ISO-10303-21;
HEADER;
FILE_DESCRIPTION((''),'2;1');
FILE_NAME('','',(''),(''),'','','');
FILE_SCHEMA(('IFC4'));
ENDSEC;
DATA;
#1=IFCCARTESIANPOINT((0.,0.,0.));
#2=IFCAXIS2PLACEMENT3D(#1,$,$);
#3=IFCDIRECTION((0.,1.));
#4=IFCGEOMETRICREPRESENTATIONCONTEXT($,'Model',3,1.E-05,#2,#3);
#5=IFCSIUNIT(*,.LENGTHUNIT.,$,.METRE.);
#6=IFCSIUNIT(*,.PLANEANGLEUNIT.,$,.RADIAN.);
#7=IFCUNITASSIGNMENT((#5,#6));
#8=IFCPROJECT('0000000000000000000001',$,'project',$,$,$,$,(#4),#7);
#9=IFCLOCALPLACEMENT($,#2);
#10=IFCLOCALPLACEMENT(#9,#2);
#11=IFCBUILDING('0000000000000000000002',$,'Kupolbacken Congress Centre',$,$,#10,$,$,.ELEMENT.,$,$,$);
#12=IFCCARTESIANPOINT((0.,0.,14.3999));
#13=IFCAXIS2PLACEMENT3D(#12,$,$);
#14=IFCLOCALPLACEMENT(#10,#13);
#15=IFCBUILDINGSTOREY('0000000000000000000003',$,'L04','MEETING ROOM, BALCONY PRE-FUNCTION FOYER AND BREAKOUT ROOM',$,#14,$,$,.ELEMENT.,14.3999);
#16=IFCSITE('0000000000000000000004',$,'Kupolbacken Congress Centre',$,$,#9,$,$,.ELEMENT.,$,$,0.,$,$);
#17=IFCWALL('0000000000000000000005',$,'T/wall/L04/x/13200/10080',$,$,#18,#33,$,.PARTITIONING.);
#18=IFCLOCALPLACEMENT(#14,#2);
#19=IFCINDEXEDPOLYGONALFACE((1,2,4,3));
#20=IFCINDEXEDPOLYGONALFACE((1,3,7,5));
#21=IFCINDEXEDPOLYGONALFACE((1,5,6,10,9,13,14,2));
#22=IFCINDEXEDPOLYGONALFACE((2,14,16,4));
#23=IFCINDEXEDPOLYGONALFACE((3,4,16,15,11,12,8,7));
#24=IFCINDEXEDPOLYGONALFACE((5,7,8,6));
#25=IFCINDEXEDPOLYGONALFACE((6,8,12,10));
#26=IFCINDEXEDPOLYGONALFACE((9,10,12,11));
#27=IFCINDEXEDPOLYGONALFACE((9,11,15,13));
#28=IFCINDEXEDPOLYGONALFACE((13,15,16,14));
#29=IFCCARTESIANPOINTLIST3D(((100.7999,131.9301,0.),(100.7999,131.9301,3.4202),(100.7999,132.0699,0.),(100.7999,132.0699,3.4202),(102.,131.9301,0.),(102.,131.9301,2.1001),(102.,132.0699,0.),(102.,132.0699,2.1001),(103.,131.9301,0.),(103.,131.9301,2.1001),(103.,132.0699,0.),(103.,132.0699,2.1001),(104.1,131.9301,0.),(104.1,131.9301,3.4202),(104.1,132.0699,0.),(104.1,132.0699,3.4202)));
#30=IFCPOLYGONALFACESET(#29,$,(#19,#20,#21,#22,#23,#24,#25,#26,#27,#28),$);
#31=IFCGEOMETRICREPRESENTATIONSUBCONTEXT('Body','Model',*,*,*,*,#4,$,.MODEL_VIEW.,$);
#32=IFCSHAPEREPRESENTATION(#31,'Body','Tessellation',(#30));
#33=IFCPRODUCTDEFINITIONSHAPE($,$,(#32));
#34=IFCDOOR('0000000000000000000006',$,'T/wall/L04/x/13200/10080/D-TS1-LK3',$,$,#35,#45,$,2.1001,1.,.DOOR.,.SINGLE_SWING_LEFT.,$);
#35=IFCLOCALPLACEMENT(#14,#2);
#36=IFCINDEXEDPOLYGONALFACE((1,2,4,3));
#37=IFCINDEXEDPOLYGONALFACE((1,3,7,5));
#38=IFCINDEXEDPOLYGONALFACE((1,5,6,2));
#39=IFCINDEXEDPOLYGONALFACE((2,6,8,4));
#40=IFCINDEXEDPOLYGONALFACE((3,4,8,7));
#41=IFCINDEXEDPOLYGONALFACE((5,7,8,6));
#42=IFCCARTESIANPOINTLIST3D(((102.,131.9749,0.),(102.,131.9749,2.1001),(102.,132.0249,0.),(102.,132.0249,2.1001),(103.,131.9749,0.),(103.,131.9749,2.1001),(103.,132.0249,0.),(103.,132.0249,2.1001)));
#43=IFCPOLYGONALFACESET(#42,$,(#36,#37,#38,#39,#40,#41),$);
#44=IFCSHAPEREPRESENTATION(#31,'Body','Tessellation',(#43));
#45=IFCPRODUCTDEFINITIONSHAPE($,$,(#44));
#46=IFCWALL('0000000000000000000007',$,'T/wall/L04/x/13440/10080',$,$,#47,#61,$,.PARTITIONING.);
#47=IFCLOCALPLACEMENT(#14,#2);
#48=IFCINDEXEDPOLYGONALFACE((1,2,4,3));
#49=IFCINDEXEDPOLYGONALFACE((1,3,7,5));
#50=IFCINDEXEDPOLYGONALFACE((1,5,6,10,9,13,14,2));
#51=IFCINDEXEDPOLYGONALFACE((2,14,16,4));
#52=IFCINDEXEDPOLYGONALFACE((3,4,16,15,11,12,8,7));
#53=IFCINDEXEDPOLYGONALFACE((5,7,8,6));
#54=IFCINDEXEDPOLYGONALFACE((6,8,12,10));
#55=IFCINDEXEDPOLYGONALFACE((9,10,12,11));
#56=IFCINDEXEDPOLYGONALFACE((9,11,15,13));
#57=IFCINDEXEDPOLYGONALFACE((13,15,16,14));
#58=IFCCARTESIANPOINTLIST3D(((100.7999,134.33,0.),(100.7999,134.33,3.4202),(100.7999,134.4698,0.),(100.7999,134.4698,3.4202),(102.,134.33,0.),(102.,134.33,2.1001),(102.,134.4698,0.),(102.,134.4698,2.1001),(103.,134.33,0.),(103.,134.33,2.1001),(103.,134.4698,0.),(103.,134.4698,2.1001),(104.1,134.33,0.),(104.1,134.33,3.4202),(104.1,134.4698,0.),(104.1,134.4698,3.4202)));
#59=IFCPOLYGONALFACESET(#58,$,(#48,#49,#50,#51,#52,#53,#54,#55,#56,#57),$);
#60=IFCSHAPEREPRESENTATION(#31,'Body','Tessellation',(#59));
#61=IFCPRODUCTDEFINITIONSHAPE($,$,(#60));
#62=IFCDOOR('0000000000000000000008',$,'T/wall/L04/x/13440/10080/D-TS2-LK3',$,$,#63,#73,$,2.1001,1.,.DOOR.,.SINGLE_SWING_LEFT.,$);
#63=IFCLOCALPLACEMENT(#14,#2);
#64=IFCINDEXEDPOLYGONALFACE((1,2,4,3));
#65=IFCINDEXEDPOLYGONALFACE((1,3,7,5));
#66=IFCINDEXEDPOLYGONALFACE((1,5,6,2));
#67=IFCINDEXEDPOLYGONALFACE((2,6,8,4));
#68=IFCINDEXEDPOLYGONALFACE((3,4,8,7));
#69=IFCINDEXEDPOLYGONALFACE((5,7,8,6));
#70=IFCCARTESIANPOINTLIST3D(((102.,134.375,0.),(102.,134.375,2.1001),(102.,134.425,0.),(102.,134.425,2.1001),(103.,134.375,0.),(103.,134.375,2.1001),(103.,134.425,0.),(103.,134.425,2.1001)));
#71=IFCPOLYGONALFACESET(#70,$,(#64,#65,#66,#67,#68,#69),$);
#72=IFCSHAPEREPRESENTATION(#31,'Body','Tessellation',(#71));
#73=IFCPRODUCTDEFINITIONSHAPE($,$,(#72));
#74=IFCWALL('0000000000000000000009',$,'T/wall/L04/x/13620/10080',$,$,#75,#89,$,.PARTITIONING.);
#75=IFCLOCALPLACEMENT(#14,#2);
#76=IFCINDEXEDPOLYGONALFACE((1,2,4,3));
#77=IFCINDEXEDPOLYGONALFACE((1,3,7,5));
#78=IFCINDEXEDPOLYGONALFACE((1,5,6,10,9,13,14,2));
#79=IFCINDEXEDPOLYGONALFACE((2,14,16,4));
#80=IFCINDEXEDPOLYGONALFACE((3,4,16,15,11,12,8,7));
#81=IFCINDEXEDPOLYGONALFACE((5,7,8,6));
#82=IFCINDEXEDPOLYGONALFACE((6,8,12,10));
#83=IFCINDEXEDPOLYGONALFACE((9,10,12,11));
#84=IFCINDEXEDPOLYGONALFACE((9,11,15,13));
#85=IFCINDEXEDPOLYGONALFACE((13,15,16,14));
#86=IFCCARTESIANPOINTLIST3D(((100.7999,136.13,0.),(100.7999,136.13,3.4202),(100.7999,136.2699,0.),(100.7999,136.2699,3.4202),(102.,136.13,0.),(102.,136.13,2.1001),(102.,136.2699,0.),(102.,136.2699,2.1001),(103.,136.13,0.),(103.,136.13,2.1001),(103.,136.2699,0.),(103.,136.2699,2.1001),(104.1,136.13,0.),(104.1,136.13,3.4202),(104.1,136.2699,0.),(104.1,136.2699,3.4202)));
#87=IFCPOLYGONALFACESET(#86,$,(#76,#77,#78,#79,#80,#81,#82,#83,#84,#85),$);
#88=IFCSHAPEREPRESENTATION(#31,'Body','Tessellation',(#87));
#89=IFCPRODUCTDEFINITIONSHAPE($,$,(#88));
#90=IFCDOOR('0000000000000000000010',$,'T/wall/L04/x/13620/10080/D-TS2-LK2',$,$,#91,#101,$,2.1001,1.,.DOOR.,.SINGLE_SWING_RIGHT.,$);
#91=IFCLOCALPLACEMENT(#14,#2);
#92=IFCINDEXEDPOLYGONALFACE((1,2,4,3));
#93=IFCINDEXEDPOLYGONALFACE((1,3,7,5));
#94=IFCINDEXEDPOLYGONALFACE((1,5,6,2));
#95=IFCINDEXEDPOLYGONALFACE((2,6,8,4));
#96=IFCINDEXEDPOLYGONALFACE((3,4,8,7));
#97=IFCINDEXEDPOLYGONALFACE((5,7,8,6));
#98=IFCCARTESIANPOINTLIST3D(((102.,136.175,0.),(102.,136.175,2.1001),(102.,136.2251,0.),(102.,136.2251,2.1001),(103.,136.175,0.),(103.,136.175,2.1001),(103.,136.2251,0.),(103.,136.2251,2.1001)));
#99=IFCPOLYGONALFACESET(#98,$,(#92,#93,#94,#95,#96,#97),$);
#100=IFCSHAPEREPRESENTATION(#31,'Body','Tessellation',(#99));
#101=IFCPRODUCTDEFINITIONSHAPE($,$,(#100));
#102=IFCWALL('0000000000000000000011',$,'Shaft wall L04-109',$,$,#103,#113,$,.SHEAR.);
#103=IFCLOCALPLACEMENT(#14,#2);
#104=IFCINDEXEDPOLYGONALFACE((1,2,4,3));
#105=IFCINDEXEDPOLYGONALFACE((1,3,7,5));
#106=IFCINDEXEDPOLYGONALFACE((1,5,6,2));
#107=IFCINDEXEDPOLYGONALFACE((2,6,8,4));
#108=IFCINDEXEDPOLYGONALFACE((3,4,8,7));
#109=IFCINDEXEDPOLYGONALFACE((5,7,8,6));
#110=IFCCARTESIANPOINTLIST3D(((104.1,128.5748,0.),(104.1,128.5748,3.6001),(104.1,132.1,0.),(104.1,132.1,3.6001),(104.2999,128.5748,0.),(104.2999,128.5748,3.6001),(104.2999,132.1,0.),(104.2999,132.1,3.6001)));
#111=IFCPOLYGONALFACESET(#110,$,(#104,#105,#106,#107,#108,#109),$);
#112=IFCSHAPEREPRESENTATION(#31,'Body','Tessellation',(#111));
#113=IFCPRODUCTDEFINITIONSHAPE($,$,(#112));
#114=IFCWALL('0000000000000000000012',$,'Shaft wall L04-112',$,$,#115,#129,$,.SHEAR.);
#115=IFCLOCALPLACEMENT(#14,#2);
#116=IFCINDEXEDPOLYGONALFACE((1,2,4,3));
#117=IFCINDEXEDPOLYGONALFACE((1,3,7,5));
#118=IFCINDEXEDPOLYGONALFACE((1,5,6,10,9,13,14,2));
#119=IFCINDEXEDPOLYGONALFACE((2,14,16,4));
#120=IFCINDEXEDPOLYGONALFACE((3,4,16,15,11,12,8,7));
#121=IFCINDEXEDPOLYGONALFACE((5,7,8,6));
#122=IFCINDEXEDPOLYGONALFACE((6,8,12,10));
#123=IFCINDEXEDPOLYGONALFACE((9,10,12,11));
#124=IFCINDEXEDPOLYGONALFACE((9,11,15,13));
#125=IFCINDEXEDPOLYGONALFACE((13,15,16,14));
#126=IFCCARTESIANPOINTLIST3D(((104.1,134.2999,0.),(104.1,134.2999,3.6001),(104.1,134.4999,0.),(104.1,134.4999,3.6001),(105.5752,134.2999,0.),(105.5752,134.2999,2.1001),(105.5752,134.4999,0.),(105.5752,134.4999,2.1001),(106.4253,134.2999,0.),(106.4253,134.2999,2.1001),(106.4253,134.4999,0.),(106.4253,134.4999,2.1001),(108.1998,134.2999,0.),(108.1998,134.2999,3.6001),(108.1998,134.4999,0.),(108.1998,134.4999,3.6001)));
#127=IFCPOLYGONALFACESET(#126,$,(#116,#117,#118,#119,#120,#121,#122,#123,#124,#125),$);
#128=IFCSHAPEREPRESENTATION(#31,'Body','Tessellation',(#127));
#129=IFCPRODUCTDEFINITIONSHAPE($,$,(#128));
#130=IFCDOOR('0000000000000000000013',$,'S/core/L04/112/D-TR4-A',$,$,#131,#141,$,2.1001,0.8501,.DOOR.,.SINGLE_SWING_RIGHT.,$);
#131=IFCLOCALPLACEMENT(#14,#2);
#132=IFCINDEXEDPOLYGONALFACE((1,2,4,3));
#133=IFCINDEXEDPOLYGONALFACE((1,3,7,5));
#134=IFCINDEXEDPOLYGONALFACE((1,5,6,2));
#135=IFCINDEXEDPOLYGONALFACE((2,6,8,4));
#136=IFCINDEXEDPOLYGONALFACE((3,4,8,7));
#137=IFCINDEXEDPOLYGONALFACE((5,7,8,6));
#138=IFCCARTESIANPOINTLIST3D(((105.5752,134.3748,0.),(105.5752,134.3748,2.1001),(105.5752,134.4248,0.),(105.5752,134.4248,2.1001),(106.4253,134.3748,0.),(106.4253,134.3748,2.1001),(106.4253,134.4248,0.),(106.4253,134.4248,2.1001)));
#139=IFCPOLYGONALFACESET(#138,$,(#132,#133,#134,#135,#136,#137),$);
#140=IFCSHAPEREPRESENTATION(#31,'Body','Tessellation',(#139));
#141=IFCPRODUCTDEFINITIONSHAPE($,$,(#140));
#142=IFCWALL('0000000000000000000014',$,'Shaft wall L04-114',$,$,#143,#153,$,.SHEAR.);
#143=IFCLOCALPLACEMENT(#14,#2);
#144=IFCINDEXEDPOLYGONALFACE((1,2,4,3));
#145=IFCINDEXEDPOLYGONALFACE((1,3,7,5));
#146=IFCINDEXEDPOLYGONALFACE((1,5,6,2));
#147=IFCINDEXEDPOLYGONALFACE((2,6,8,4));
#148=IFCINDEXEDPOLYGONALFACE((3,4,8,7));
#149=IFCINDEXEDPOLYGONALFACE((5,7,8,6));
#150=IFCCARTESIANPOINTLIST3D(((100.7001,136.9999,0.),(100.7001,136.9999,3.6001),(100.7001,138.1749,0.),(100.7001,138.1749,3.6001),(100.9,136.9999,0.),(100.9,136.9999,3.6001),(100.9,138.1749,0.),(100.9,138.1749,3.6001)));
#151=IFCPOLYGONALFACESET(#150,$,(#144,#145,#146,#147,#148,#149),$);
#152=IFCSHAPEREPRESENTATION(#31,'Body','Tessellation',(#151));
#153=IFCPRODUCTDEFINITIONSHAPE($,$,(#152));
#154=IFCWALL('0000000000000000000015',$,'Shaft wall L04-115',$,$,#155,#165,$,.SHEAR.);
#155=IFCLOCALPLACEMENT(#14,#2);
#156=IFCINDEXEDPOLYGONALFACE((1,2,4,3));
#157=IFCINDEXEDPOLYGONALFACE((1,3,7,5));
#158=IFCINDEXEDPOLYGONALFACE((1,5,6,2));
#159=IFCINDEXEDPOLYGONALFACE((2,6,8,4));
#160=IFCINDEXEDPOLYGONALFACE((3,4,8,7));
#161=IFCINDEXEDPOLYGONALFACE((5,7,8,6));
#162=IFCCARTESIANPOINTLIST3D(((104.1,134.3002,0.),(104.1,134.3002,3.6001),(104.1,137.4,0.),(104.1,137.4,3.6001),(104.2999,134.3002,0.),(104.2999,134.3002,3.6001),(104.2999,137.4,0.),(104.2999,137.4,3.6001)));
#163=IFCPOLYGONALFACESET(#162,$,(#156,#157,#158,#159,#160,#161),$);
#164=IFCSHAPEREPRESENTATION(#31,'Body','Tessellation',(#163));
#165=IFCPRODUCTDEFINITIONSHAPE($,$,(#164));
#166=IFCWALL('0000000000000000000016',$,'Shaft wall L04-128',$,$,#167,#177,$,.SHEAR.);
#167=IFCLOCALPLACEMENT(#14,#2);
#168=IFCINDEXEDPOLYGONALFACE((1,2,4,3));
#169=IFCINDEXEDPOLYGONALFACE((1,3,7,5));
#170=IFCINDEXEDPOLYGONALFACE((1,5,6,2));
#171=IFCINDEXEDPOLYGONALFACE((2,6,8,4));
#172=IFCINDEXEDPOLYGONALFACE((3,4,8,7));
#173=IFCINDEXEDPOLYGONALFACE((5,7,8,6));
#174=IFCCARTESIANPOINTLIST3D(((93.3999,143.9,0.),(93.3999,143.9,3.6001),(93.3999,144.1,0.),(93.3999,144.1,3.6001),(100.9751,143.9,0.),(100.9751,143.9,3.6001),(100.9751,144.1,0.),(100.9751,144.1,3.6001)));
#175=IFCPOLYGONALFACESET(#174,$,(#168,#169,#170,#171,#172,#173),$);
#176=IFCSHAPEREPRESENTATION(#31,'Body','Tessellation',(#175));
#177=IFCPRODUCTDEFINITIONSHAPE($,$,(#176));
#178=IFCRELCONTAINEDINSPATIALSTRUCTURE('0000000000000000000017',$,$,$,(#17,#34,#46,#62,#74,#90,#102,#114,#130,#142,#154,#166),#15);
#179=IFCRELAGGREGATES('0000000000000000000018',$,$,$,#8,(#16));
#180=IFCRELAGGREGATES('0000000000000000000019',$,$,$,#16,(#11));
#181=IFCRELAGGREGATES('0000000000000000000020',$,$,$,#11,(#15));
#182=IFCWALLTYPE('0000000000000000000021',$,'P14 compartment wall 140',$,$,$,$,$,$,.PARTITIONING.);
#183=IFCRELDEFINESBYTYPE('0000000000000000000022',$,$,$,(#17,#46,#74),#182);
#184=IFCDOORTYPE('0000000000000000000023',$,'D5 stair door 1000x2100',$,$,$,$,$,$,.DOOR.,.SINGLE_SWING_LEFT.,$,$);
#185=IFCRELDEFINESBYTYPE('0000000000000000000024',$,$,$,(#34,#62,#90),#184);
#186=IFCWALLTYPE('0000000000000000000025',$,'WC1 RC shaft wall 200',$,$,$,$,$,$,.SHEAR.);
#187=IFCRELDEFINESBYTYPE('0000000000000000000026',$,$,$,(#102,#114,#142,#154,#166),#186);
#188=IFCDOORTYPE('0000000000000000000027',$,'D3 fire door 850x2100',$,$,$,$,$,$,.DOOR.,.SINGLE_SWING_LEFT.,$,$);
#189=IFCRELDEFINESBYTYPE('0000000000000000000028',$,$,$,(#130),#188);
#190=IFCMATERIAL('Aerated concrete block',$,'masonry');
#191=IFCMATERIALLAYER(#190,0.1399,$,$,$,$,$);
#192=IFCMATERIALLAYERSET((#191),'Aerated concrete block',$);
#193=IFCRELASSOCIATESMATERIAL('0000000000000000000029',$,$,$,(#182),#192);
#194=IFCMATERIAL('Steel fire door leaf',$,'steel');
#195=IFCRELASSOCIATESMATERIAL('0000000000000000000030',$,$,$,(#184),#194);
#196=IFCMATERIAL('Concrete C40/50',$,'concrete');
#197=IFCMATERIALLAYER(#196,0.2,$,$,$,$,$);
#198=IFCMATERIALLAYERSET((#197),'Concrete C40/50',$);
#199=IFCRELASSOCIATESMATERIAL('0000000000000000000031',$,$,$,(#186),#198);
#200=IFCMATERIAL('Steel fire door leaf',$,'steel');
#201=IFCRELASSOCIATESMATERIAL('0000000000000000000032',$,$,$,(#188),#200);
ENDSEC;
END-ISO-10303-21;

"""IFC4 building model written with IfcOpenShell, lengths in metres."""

from ifc_helpers import new_model, si_unit, direction, frame, frame_2d, origin, place, context, subcontext, project, spatial, rectangle, extrude, material, layer, layer_set, type_object, element, fill, save


model = new_model("IFC4")

# Units and contexts
model_context = context("Model", 3, precision=1e-05, world=origin(), true_north=direction((0.0, 1.0)))
body_context = subcontext(model_context, "Body", "Model", "MODEL_VIEW")
ifc_project = project(units=[si_unit("LENGTHUNIT", "METRE"), si_unit("PLANEANGLEUNIT", "RADIAN")], contexts=[model_context])

# Site, building, storey
site_placement = place(None, origin())
site = spatial("IfcSite", under=ifc_project, at=site_placement, Name="Kupolbacken Congress Centre", CompositionType="ELEMENT", RefElevation=0.0)
building_placement = place(site_placement, origin())
building = spatial("IfcBuilding", under=site, at=building_placement, Name="Kupolbacken Congress Centre", CompositionType="ELEMENT")
storey_placement = place(building_placement, frame((0.0, 0.0, 14.3999)))
storey = spatial("IfcBuildingStorey", under=building, at=storey_placement, Name="L04", Description="MEETING ROOM, BALCONY PRE-FUNCTION FOYER AND BREAKOUT ROOM", CompositionType="ELEMENT", Elevation=14.3999)

# Walls, openings, doors
ifc_material_1 = material(Name="Aerated concrete block", Category="masonry")
ifc_layer_1 = layer(ifc_material_1, 0.1399)
ifc_layer_set_1 = layer_set([ifc_layer_1], Name="Aerated concrete block")
wall_type_1 = type_object("IfcWallType", Name="P14 compartment wall 140", PredefinedType="PARTITIONING", material=ifc_layer_set_1)
wall_1_placement = place(storey_placement, frame((100.8, 132.0, 0.0), z_axis=(0.0, 0.0, 1.0), x_axis=(1.0, 0.0, 0.0)))
wall_1 = element("IfcWall", 1, at=wall_1_placement, inside=storey, type_object=wall_type_1, Name="T/wall/L04/x/13200/10080", PredefinedType="PARTITIONING", context=body_context, shape_type="SweptSolid", body=[
    extrude(rectangle(XDim=3.3, YDim=0.1399, at=frame_2d((1.6499, 0.0))), origin(), (0.0, 0.0, 1.0), 3.4202),
])
opening_1_placement = place(wall_1_placement, frame((1.2, 0.0, 0.0)))
opening_1 = element("IfcOpeningElement", 2, at=opening_1_placement, cuts=wall_1, PredefinedType="OPENING", context=body_context, shape_type="SweptSolid", body=[
    extrude(rectangle(XDim=1.0, YDim=2.1001, at=frame_2d((0.5, 1.05))), frame((0.0, 0.0798, 0.0), z_axis=(0.0, -1.0, 0.0), x_axis=(1.0, 0.0, 0.0)), (0.0, 0.0, 1.0), 0.1599),
])
ifc_material_2 = material(Name="Steel fire door leaf", Category="steel")
door_type_1 = type_object("IfcDoorType", Name="D5 stair door 1000x2100", OperationType="SINGLE_SWING_LEFT", PredefinedType="DOOR", material=ifc_material_2)
door_1_placement = place(opening_1_placement, origin())
door_1 = element("IfcDoor", 3, at=door_1_placement, inside=storey, type_object=door_type_1, Name="T/wall/L04/x/13200/10080/D-TS1-LK3", OperationType="SINGLE_SWING_LEFT", OverallHeight=2.1001, OverallWidth=1.0, PredefinedType="DOOR", context=body_context, shape_type="SweptSolid", body=[
    extrude(rectangle(XDim=1.0, YDim=2.1001, at=frame_2d((0.5, 1.05))), frame((0.0, 0.0249, 0.0), z_axis=(0.0, -1.0, 0.0), x_axis=(1.0, 0.0, 0.0)), (0.0, 0.0, 1.0), 0.05),
])
fill(opening_1, door_1)
wall_2_placement = place(storey_placement, frame((100.8, 134.3999, 0.0), z_axis=(0.0, 0.0, 1.0), x_axis=(1.0, 0.0, 0.0)))
wall_2 = element("IfcWall", 4, at=wall_2_placement, inside=storey, type_object=wall_type_1, Name="T/wall/L04/x/13440/10080", PredefinedType="PARTITIONING", context=body_context, shape_type="SweptSolid", body=[
    extrude(rectangle(XDim=3.3, YDim=0.1399, at=frame_2d((1.6499, 0.0))), origin(), (0.0, 0.0, 1.0), 3.4202),
])
opening_2_placement = place(wall_2_placement, frame((1.2, 0.0, 0.0)))
opening_2 = element("IfcOpeningElement", 5, at=opening_2_placement, cuts=wall_2, PredefinedType="OPENING", context=body_context, shape_type="SweptSolid", body=[
    extrude(rectangle(XDim=1.0, YDim=2.1001, at=frame_2d((0.5, 1.05))), frame((0.0, 0.0798, 0.0), z_axis=(0.0, -1.0, 0.0), x_axis=(1.0, 0.0, 0.0)), (0.0, 0.0, 1.0), 0.1599),
])
door_2_placement = place(opening_2_placement, frame((1.0, 0.0, 0.0), z_axis=(0.0, 0.0, 1.0), x_axis=(-1.0, 0.0, 0.0)))
door_2 = element("IfcDoor", 6, at=door_2_placement, inside=storey, type_object=door_type_1, Name="T/wall/L04/x/13440/10080/D-TS2-LK3", OperationType="SINGLE_SWING_LEFT", OverallHeight=2.1001, OverallWidth=1.0, PredefinedType="DOOR", context=body_context, shape_type="SweptSolid", body=[
    extrude(rectangle(XDim=1.0, YDim=2.1001, at=frame_2d((0.5, 1.05))), frame((0.0, 0.0249, 0.0), z_axis=(0.0, -1.0, 0.0), x_axis=(1.0, 0.0, 0.0)), (0.0, 0.0, 1.0), 0.05),
])
fill(opening_2, door_2)
wall_3_placement = place(storey_placement, frame((100.8, 136.2, 0.0), z_axis=(0.0, 0.0, 1.0), x_axis=(1.0, 0.0, 0.0)))
wall_3 = element("IfcWall", 7, at=wall_3_placement, inside=storey, type_object=wall_type_1, Name="T/wall/L04/x/13620/10080", PredefinedType="PARTITIONING", context=body_context, shape_type="SweptSolid", body=[
    extrude(rectangle(XDim=3.3, YDim=0.1399, at=frame_2d((1.6499, 0.0))), origin(), (0.0, 0.0, 1.0), 3.4202),
])
opening_3_placement = place(wall_3_placement, frame((1.2, 0.0, 0.0)))
opening_3 = element("IfcOpeningElement", 8, at=opening_3_placement, cuts=wall_3, PredefinedType="OPENING", context=body_context, shape_type="SweptSolid", body=[
    extrude(rectangle(XDim=1.0, YDim=2.1001, at=frame_2d((0.5, 1.05))), frame((0.0, 0.0798, 0.0), z_axis=(0.0, -1.0, 0.0), x_axis=(1.0, 0.0, 0.0)), (0.0, 0.0, 1.0), 0.1599),
])
door_3_placement = place(opening_3_placement, frame((1.0, 0.0, 0.0), z_axis=(0.0, 0.0, 1.0), x_axis=(-1.0, 0.0, 0.0)))
door_3 = element("IfcDoor", 9, at=door_3_placement, inside=storey, type_object=door_type_1, Name="T/wall/L04/x/13620/10080/D-TS2-LK2", OperationType="SINGLE_SWING_RIGHT", OverallHeight=2.1001, OverallWidth=1.0, PredefinedType="DOOR", context=body_context, shape_type="SweptSolid", body=[
    extrude(rectangle(XDim=1.0, YDim=2.1001, at=frame_2d((0.5, 1.05))), frame((0.0, 0.0249, 0.0), z_axis=(0.0, -1.0, 0.0), x_axis=(1.0, 0.0, 0.0)), (0.0, 0.0, 1.0), 0.05),
])
fill(opening_3, door_3)

# Wall
ifc_material_3 = material(Name="Concrete C40/50", Category="concrete")
ifc_layer_2 = layer(ifc_material_3, 0.2)
ifc_layer_set_2 = layer_set([ifc_layer_2], Name="Concrete C40/50")
wall_type_2 = type_object("IfcWallType", Name="WC1 RC shaft wall 200", PredefinedType="SHEAR", material=ifc_layer_set_2)
wall_4_placement = place(storey_placement, frame((104.2, 132.1001, 0.0), z_axis=(0.0, 0.0, 1.0), x_axis=(0.0, -1.0, 0.0)))
element("IfcWall", 10, at=wall_4_placement, inside=storey, type_object=wall_type_2, Name="Shaft wall L04-109", PredefinedType="SHEAR", context=body_context, shape_type="SweptSolid", body=[
    extrude(rectangle(XDim=3.5251, YDim=0.2, at=frame_2d((1.7627, 0.0))), origin(), (0.0, 0.0, 1.0), 3.6001),
])

# Wall, opening, door
wall_5_placement = place(storey_placement, frame((104.1001, 134.3999, 0.0), z_axis=(0.0, 0.0, 1.0), x_axis=(1.0, 0.0, 0.0)))
wall_5 = element("IfcWall", 11, at=wall_5_placement, inside=storey, type_object=wall_type_2, Name="Shaft wall L04-112", PredefinedType="SHEAR", context=body_context, shape_type="SweptSolid", body=[
    extrude(rectangle(XDim=4.0999, YDim=0.2, at=frame_2d((2.0498, 0.0))), origin(), (0.0, 0.0, 1.0), 3.6001),
])
opening_4_placement = place(wall_5_placement, frame((1.4751, 0.0, 0.0)))
opening_4 = element("IfcOpeningElement", 12, at=opening_4_placement, cuts=wall_5, PredefinedType="OPENING", context=body_context, shape_type="SweptSolid", body=[
    extrude(rectangle(XDim=0.8501, YDim=2.1001, at=frame_2d((0.425, 1.05))), frame((0.0, 0.1099, 0.0), z_axis=(0.0, -1.0, 0.0), x_axis=(1.0, 0.0, 0.0)), (0.0, 0.0, 1.0), 0.22),
])
ifc_material_4 = material(Name="Steel fire door leaf", Category="steel")
door_type_2 = type_object("IfcDoorType", Name="D3 fire door 850x2100", OperationType="SINGLE_SWING_LEFT", PredefinedType="DOOR", material=ifc_material_4)
door_4_placement = place(opening_4_placement, origin())
door_4 = element("IfcDoor", 13, at=door_4_placement, inside=storey, type_object=door_type_2, Name="S/core/L04/112/D-TR4-A", OperationType="SINGLE_SWING_RIGHT", OverallHeight=2.1001, OverallWidth=0.8501, PredefinedType="DOOR", context=body_context, shape_type="SweptSolid", body=[
    extrude(rectangle(XDim=0.8501, YDim=2.1001, at=frame_2d((0.425, 1.05))), frame((0.0, 0.0249, 0.0), z_axis=(0.0, -1.0, 0.0), x_axis=(1.0, 0.0, 0.0)), (0.0, 0.0, 1.0), 0.05),
])
fill(opening_4, door_4)

# Walls
wall_6_placement = place(storey_placement, frame((100.8, 137.0, 0.0), z_axis=(0.0, 0.0, 1.0), x_axis=(0.0, 1.0, 0.0)))
element("IfcWall", 14, at=wall_6_placement, inside=storey, type_object=wall_type_2, Name="Shaft wall L04-114", PredefinedType="SHEAR", context=body_context, shape_type="SweptSolid", body=[
    extrude(rectangle(XDim=1.175, YDim=0.2, at=frame_2d((0.5874, 0.0))), origin(), (0.0, 0.0, 1.0), 3.6001),
])
wall_7_placement = place(storey_placement, frame((104.2, 137.3999, 0.0), z_axis=(0.0, 0.0, 1.0), x_axis=(0.0, -1.0, 0.0)))
element("IfcWall", 15, at=wall_7_placement, inside=storey, type_object=wall_type_2, Name="Shaft wall L04-115", PredefinedType="SHEAR", context=body_context, shape_type="SweptSolid", body=[
    extrude(rectangle(XDim=3.0999, YDim=0.2, at=frame_2d((1.5498, 0.0))), origin(), (0.0, 0.0, 1.0), 3.6001),
])
wall_8_placement = place(storey_placement, frame((100.9751, 144.0, 0.0), z_axis=(0.0, 0.0, 1.0), x_axis=(-1.0, 0.0, 0.0)))
element("IfcWall", 16, at=wall_8_placement, inside=storey, type_object=wall_type_2, Name="Shaft wall L04-128", PredefinedType="SHEAR", context=body_context, shape_type="SweptSolid", body=[
    extrude(rectangle(XDim=7.5752, YDim=0.2, at=frame_2d((3.7876, 0.0))), origin(), (0.0, 0.0, 1.0), 3.6001),
])

save(model, "model.ifc")
